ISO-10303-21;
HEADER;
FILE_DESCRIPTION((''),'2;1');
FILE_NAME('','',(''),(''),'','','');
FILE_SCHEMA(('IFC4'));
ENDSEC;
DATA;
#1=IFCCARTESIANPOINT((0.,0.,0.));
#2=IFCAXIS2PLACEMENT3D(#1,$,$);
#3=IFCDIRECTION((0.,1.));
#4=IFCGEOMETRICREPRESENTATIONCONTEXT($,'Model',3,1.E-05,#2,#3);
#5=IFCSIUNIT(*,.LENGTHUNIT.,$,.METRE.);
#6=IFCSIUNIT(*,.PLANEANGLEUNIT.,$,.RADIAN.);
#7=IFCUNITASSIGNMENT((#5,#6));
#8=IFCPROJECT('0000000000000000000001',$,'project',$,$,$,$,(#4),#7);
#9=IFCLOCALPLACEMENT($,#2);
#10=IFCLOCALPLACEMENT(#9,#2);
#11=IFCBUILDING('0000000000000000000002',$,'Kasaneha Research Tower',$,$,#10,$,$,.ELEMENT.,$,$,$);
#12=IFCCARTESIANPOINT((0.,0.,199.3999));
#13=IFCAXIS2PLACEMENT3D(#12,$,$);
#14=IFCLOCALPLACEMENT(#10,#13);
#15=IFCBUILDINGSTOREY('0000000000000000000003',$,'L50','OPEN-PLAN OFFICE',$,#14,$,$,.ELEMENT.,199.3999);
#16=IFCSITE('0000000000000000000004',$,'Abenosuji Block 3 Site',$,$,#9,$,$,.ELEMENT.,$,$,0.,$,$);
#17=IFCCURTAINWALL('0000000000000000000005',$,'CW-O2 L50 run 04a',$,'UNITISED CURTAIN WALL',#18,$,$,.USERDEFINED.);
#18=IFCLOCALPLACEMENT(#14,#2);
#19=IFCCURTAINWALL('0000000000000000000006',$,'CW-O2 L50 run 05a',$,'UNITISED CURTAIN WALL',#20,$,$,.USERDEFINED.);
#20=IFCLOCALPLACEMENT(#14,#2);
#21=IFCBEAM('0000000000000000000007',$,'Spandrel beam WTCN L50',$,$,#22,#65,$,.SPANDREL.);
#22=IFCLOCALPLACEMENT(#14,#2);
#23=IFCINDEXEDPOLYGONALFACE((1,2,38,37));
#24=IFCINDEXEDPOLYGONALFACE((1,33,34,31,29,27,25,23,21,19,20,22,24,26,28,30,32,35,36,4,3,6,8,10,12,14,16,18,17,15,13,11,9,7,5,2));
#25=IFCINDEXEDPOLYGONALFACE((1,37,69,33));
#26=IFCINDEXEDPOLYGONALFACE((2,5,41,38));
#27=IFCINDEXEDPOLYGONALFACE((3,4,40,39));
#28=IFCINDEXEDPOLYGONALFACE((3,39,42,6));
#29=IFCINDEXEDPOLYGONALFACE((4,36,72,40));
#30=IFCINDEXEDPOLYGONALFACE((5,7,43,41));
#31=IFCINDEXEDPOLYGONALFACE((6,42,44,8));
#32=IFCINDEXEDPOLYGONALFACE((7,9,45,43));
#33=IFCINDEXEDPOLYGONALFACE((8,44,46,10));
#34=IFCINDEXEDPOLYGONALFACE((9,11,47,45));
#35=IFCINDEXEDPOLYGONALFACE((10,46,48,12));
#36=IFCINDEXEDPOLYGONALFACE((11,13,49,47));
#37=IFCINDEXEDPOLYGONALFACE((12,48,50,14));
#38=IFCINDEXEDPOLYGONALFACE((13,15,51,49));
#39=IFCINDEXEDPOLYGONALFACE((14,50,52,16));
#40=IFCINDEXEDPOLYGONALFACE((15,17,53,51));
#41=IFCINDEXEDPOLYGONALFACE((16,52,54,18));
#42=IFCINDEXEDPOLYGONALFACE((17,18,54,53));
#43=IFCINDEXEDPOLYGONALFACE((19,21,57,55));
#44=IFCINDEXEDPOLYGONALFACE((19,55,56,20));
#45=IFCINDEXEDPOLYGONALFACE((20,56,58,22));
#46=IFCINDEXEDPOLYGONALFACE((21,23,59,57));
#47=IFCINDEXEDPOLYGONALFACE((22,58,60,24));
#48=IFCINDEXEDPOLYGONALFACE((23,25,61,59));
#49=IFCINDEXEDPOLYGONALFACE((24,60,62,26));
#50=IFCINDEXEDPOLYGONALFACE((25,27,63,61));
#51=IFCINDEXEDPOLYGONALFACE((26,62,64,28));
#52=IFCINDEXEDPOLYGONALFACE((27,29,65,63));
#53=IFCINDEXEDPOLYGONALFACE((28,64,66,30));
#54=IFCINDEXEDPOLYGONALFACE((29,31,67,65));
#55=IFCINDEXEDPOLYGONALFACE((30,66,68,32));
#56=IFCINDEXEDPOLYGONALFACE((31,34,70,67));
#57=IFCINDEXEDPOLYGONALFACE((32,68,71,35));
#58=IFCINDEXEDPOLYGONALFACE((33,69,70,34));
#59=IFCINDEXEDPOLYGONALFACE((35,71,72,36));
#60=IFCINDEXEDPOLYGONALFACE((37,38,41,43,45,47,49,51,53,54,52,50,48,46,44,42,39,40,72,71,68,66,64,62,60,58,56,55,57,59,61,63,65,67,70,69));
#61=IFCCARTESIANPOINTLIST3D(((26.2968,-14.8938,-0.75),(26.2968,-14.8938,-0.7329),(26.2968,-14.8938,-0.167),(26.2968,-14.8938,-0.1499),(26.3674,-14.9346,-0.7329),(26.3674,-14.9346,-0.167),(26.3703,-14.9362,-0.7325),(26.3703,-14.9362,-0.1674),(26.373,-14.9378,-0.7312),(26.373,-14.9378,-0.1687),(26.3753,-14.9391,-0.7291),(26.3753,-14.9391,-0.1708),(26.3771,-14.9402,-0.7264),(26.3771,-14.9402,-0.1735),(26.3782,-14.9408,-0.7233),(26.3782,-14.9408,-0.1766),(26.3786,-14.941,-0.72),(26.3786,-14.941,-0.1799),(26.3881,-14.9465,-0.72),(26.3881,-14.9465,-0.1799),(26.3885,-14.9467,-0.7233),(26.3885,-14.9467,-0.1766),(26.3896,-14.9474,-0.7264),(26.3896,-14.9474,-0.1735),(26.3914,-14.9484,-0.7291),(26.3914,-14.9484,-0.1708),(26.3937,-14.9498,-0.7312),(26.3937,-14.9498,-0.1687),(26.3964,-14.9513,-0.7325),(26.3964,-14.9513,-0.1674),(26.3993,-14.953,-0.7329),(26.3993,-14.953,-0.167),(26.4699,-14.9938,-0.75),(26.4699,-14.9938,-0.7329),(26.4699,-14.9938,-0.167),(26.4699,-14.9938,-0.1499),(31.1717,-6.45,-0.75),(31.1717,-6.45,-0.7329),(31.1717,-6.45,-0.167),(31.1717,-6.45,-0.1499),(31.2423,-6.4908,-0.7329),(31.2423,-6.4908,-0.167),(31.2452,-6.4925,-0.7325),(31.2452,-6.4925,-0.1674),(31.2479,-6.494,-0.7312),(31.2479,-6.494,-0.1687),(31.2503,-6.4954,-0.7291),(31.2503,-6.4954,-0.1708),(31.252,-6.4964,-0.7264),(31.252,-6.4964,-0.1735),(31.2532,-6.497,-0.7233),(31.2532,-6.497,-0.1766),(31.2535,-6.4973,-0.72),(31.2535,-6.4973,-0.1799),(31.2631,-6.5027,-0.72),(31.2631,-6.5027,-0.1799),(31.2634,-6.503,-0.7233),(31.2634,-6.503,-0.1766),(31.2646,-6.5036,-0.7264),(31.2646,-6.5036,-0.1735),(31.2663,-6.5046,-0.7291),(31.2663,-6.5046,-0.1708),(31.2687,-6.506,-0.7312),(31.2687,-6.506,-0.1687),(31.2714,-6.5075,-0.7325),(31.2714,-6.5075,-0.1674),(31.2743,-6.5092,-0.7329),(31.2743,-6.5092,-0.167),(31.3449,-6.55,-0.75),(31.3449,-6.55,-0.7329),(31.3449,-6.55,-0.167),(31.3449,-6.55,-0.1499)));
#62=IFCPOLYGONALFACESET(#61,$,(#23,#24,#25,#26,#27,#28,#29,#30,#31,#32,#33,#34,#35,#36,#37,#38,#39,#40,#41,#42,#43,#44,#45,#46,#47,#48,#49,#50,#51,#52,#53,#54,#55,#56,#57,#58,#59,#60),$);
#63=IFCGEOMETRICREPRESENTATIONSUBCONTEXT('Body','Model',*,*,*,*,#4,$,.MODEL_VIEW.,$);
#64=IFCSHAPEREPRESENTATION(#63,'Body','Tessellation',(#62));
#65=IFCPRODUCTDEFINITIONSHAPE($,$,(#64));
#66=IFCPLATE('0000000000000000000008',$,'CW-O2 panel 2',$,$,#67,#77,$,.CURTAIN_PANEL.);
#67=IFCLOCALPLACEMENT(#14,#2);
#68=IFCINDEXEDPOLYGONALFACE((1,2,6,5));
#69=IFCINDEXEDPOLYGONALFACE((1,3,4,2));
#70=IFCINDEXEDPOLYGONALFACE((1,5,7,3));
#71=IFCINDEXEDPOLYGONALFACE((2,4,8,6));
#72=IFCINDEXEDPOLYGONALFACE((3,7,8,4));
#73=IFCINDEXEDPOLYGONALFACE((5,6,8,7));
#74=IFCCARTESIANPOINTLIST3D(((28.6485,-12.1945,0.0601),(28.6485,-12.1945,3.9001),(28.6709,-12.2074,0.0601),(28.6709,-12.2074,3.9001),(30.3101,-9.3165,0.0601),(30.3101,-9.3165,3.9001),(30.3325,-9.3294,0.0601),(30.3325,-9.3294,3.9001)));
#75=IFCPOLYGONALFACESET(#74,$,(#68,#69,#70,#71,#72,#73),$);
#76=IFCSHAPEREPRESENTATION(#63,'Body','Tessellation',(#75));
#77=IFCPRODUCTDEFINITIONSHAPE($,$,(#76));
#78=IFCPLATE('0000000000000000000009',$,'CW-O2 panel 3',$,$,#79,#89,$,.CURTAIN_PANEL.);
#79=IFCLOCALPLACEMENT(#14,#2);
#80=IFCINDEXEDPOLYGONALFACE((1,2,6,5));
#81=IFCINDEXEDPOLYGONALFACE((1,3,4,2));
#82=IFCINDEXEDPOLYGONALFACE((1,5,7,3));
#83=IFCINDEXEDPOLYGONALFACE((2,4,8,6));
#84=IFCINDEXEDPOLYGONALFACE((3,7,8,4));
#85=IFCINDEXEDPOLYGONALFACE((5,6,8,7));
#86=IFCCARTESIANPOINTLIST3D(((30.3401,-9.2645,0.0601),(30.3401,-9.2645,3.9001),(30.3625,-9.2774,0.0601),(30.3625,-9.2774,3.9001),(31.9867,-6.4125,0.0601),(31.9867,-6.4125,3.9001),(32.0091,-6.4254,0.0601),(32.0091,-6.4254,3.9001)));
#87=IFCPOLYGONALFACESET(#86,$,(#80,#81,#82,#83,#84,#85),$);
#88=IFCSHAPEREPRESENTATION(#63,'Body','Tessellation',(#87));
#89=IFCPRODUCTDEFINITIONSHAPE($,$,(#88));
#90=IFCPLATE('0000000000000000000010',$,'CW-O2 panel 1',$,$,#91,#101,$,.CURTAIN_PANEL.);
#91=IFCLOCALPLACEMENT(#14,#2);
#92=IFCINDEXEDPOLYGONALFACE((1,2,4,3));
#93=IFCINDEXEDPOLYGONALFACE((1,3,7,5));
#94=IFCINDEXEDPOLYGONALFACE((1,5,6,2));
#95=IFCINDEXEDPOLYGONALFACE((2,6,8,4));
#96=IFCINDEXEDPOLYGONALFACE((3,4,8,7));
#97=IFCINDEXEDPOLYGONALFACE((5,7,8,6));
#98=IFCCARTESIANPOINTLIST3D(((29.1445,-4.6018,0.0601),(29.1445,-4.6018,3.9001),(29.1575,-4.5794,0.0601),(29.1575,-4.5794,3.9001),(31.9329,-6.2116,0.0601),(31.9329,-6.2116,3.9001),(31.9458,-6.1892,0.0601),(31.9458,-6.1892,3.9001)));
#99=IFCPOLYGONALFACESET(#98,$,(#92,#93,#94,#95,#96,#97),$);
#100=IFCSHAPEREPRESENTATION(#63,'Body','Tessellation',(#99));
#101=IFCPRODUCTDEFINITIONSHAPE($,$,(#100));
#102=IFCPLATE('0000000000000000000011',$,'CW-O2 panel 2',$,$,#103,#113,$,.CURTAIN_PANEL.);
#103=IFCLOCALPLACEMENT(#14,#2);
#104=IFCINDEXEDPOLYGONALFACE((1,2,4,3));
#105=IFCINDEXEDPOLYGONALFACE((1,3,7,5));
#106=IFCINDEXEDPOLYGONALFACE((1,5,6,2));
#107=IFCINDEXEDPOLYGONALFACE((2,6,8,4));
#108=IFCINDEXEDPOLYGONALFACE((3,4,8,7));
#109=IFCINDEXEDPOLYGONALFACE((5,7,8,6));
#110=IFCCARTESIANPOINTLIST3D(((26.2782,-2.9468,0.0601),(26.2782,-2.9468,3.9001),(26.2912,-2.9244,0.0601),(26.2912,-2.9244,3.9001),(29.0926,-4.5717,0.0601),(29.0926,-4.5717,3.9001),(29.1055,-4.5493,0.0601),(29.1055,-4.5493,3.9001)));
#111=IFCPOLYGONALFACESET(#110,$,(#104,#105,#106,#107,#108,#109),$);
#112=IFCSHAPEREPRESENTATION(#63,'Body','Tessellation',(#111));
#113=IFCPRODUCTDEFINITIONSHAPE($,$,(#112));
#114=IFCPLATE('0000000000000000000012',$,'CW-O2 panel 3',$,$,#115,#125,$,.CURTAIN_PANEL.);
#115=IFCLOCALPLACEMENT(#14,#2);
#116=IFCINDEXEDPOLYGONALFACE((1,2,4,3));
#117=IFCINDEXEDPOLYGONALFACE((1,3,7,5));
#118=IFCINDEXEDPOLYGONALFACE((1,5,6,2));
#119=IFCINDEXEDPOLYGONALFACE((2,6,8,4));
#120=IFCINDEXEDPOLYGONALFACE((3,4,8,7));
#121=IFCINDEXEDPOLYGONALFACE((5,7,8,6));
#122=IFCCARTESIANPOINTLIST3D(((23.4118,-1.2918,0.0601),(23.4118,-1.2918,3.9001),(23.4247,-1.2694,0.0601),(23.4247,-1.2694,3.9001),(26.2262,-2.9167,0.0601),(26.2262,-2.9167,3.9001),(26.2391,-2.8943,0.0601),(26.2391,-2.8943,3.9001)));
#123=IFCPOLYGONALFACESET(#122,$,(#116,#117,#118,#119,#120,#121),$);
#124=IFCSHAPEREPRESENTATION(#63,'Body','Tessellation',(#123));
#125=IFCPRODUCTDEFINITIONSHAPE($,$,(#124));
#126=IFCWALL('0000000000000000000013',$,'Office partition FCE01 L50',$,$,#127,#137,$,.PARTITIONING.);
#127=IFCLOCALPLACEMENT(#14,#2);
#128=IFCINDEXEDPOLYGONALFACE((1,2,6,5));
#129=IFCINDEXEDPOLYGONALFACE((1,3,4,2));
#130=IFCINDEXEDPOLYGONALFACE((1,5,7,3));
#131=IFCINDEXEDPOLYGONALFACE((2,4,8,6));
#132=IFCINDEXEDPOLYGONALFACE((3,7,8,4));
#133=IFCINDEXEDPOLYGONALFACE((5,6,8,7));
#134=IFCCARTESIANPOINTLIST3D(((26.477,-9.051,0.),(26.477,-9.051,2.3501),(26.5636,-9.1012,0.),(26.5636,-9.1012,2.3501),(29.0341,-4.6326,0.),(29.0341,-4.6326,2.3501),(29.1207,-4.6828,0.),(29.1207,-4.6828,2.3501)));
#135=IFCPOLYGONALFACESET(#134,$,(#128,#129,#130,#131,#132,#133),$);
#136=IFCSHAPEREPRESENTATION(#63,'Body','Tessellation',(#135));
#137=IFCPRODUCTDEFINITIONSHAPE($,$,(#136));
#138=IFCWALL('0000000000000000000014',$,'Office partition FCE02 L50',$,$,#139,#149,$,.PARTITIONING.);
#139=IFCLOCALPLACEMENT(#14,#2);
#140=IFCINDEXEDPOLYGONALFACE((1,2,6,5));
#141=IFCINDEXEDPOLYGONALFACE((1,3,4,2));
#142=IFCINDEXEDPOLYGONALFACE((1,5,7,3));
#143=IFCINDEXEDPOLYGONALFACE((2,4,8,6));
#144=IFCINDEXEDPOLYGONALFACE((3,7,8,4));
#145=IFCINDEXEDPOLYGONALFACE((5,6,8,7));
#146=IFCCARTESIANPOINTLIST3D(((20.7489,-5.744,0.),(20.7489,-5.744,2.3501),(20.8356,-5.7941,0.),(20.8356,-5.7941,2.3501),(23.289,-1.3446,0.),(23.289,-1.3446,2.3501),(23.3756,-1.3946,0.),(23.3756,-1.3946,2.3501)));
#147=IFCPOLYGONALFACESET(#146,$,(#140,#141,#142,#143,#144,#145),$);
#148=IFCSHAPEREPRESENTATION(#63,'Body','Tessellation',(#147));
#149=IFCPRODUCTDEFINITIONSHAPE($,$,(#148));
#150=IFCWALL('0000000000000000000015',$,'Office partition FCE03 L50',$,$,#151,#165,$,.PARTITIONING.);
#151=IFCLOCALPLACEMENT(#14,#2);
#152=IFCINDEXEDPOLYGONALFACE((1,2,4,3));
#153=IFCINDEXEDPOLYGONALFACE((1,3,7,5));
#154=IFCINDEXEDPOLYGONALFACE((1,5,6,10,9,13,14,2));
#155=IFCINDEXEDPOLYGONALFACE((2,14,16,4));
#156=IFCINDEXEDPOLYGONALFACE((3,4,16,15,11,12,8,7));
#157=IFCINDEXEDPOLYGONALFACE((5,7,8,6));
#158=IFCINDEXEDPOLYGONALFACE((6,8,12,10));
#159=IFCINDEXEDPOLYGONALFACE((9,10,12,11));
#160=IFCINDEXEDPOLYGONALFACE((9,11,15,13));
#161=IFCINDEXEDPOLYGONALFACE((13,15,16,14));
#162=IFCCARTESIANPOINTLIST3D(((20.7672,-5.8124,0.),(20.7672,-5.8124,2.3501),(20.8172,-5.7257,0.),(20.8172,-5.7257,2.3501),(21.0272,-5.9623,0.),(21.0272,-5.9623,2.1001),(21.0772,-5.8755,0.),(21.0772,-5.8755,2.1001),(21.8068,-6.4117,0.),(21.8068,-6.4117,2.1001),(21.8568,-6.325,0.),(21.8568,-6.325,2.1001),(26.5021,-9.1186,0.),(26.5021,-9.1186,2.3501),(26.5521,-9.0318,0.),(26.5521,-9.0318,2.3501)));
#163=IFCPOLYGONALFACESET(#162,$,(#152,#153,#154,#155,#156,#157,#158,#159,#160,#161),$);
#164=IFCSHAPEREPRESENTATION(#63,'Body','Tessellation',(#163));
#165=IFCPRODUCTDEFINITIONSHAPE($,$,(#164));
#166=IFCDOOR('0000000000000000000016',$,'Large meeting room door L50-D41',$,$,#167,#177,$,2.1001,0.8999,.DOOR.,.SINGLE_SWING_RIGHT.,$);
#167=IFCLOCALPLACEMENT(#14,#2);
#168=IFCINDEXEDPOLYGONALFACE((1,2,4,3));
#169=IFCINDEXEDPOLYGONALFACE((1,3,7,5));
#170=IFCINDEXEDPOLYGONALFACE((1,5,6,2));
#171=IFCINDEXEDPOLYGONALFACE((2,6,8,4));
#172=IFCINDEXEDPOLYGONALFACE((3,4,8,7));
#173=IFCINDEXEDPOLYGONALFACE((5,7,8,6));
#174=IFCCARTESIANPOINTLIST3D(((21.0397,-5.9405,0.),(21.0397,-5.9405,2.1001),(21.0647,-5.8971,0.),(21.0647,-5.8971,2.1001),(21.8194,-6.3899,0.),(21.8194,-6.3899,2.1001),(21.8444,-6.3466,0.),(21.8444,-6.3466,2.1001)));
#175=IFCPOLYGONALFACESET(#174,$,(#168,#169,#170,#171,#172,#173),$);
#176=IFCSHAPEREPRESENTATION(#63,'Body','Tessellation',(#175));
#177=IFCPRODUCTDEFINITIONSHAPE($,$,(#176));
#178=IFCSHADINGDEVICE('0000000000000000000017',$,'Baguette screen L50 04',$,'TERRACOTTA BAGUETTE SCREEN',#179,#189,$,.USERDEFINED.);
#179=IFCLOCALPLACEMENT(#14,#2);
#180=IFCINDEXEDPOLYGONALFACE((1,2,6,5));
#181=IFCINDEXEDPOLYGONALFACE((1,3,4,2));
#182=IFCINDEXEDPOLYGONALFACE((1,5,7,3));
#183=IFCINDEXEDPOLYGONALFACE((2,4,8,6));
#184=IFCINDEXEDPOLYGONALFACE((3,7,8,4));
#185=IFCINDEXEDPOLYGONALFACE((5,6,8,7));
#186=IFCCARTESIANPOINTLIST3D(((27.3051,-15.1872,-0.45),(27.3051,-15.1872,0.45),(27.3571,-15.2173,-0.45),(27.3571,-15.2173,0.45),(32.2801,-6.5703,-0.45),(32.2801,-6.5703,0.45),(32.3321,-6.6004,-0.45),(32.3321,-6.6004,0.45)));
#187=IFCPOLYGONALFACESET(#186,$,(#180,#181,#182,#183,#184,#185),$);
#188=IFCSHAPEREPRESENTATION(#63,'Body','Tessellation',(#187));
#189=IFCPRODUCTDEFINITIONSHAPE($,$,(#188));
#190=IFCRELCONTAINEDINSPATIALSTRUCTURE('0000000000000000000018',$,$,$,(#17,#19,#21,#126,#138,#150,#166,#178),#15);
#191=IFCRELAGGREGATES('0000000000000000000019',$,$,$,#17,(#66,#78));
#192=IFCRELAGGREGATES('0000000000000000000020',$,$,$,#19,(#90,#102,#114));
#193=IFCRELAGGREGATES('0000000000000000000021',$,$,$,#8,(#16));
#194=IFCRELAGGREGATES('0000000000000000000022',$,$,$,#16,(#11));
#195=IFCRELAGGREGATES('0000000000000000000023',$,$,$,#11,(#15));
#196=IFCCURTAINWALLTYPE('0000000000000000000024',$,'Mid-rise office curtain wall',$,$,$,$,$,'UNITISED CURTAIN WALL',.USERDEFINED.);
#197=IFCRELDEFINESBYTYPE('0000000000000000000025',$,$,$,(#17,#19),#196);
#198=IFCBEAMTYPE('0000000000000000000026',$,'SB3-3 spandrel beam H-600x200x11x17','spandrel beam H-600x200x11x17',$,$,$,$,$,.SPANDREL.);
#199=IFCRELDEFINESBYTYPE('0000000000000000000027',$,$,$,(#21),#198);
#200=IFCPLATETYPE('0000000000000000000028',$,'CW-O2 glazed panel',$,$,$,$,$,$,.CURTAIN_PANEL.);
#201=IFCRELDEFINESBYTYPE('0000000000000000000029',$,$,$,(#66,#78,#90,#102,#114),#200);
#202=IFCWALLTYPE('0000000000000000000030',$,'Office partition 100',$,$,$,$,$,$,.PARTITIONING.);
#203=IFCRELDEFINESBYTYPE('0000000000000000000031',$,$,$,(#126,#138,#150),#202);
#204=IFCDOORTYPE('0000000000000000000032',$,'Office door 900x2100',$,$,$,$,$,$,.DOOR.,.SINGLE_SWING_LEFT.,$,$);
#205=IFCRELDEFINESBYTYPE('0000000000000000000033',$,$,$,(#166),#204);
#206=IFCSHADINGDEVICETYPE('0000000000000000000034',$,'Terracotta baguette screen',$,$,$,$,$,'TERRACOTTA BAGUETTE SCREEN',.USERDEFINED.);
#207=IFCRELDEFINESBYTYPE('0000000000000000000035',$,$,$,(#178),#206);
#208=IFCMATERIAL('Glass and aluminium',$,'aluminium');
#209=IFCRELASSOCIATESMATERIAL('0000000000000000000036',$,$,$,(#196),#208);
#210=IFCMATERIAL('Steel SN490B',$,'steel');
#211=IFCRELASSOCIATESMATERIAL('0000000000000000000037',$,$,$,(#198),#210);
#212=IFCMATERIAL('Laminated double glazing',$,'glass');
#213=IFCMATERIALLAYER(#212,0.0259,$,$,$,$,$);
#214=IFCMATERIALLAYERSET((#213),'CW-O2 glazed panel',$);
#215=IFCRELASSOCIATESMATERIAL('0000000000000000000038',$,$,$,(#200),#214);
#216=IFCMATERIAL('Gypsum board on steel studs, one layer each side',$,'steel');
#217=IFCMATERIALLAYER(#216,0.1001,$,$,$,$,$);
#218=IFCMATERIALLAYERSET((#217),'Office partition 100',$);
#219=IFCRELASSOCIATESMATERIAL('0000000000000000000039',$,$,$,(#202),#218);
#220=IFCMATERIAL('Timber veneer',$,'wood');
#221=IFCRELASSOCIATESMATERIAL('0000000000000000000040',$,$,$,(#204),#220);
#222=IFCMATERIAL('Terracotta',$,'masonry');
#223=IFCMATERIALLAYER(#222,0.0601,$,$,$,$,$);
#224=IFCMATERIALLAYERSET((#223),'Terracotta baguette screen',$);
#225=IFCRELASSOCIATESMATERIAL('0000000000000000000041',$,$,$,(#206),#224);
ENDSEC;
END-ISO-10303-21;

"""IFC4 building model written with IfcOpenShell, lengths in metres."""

from ifc_helpers import new_model, si_unit, direction, frame, frame_2d, origin, origin_2d, place, context, subcontext, project, spatial, rectangle, i_section, extrude, material, layer, layer_set, material_profile, profile_set, type_object, element, fill, aggregate, save


model = new_model("IFC4")

# Units and contexts
model_context = context("Model", 3, precision=1e-05, world=origin(), true_north=direction((0.0, 1.0)))
body_context = subcontext(model_context, "Body", "Model", "MODEL_VIEW")
ifc_project = project(units=[si_unit("LENGTHUNIT", "METRE"), si_unit("PLANEANGLEUNIT", "RADIAN")], contexts=[model_context])

# Site, building, storey
site_placement = place(None, origin())
site = spatial("IfcSite", under=ifc_project, at=site_placement, Name="Abenosuji Block 3 Site", CompositionType="ELEMENT", RefElevation=0.0)
building_placement = place(site_placement, origin())
building = spatial("IfcBuilding", under=site, at=building_placement, Name="Kasaneha Research Tower", CompositionType="ELEMENT")
storey_placement = place(building_placement, frame((0.0, 0.0, 199.3999)))
storey = spatial("IfcBuildingStorey", under=building, at=storey_placement, Name="L50", Description="OPEN-PLAN OFFICE", CompositionType="ELEMENT", Elevation=199.3999)

# Curtain walls
ifc_material_1 = material(Name="Glass and aluminium", Category="aluminium")
curtain_wall_type = type_object("IfcCurtainWallType", Name="Mid-rise office curtain wall", ElementType="UNITISED CURTAIN WALL", PredefinedType="USERDEFINED", material=ifc_material_1)
curtain_wall_1_placement = place(storey_placement, origin())
curtain_wall_1 = element("IfcCurtainWall", 1, at=curtain_wall_1_placement, inside=storey, type_object=curtain_wall_type, Name="CW-O2 L50 run 04a", ObjectType="UNITISED CURTAIN WALL", PredefinedType="USERDEFINED")
curtain_wall_2_placement = place(storey_placement, origin())
curtain_wall_2 = element("IfcCurtainWall", 2, at=curtain_wall_2_placement, inside=storey, type_object=curtain_wall_type, Name="CW-O2 L50 run 05a", ObjectType="UNITISED CURTAIN WALL", PredefinedType="USERDEFINED")

# Beam
ifc_material_2 = material(Name="Steel SN490B", Category="steel")
ifc_material_profile_1 = material_profile(ifc_material_2, i_section(OverallWidth=0.2, OverallDepth=0.6001, WebThickness=0.011, FlangeThickness=0.0171, FilletRadius=0.0129, at=origin_2d()), Name="H-600x200x11x17")
ifc_profile_set_1 = profile_set([ifc_material_profile_1], Name="Steel SN490B")
beam_type_1 = type_object("IfcBeamType", Name="SB3-3 spandrel beam H-600x200x11x17", Description="spandrel beam H-600x200x11x17", PredefinedType="SPANDREL", material=ifc_profile_set_1)
beam_1_placement = place(storey_placement, frame((31.2583, -6.5, -0.45), z_axis=(-0.499996, -0.866028, 0.0), x_axis=(0.866028, -0.499996, 0.0)))
element("IfcBeam", 3, at=beam_1_placement, inside=storey, type_object=beam_type_1, Name="Spandrel beam WTCN L50", PredefinedType="SPANDREL", context=body_context, shape_type="SweptSolid", body=[
    extrude(i_section(OverallWidth=0.2, OverallDepth=0.6001, WebThickness=0.011, FlangeThickness=0.0171, FilletRadius=0.0129, at=origin_2d()), origin(), (0.0, 0.0, 1.0), 9.75),
])

# Plates
ifc_material_3 = material(Name="Laminated double glazing", Category="glass")
ifc_layer_1 = layer(ifc_material_3, 0.0259)
ifc_layer_set_1 = layer_set([ifc_layer_1], Name="CW-O2 glazed panel")
plate_type = type_object("IfcPlateType", Name="CW-O2 glazed panel", PredefinedType="CURTAIN_PANEL", material=ifc_layer_set_1)
plate_1_placement = place(storey_placement, frame((29.4905, -10.762, 0.0601), z_axis=(0.0, 0.0, 1.0), x_axis=(0.5, 0.866025, 0.0)))
plate_1 = element("IfcPlate", 4, at=plate_1_placement, type_object=plate_type, Name="CW-O2 panel 2", PredefinedType="CURTAIN_PANEL", context=body_context, shape_type="SweptSolid", body=[
    extrude(rectangle(XDim=3.3232, YDim=0.0259, at=origin_2d()), origin(), (0.0, 0.0, 1.0), 3.8401),
])
plate_2_placement = place(storey_placement, frame((31.1746, -7.845, 0.0601), z_axis=(0.0, 0.0, 1.0), x_axis=(0.5, 0.866025, 0.0)))
plate_2 = element("IfcPlate", 5, at=plate_2_placement, type_object=plate_type, Name="CW-O2 panel 3", PredefinedType="CURTAIN_PANEL", context=body_context, shape_type="SweptSolid", body=[
    extrude(rectangle(XDim=3.2932, YDim=0.0259, at=origin_2d()), origin(), (0.0, 0.0, 1.0), 3.8401),
])
aggregate(curtain_wall_1, [plate_1, plate_2])
plate_3_placement = place(storey_placement, frame((30.5452, -5.3955, 0.0601), z_axis=(0.0, 0.0, 1.0), x_axis=(-0.866025, 0.5, 0.0)))
plate_3 = element("IfcPlate", 6, at=plate_3_placement, type_object=plate_type, Name="CW-O2 panel 1", PredefinedType="CURTAIN_PANEL", context=body_context, shape_type="SweptSolid", body=[
    extrude(rectangle(XDim=3.2197, YDim=0.0259, at=origin_2d()), origin(), (0.0, 0.0, 1.0), 3.8401),
])
plate_4_placement = place(storey_placement, frame((27.6919, -3.748, 0.0601), z_axis=(0.0, 0.0, 1.0), x_axis=(-0.866025, 0.5, 0.0)))
plate_4 = element("IfcPlate", 7, at=plate_4_placement, type_object=plate_type, Name="CW-O2 panel 2", PredefinedType="CURTAIN_PANEL", context=body_context, shape_type="SweptSolid", body=[
    extrude(rectangle(XDim=3.2498, YDim=0.0259, at=origin_2d()), origin(), (0.0, 0.0, 1.0), 3.8401),
])
plate_5_placement = place(storey_placement, frame((24.8254, -2.093, 0.0601), z_axis=(0.0, 0.0, 1.0), x_axis=(-0.866025, 0.5, 0.0)))
plate_5 = element("IfcPlate", 8, at=plate_5_placement, type_object=plate_type, Name="CW-O2 panel 3", PredefinedType="CURTAIN_PANEL", context=body_context, shape_type="SweptSolid", body=[
    extrude(rectangle(XDim=3.2498, YDim=0.0259, at=origin_2d()), origin(), (0.0, 0.0, 1.0), 3.8401),
])
aggregate(curtain_wall_2, [plate_3, plate_4, plate_5])

# Walls
ifc_material_4 = material(Name="Gypsum board on steel studs, one layer each side", Category="steel")
ifc_layer_2 = layer(ifc_material_4, 0.1001)
ifc_layer_set_2 = layer_set([ifc_layer_2], Name="Office partition 100")
wall_type = type_object("IfcWallType", Name="Office partition 100", PredefinedType="PARTITIONING", material=ifc_layer_set_2)
wall_1_placement = place(storey_placement, frame((29.0774, -4.6577, 0.0), z_axis=(0.0, 0.0, 1.0), x_axis=(-0.500901, -0.865505, 0.0)))
element("IfcWall", 9, at=wall_1_placement, inside=storey, type_object=wall_type, Name="Office partition FCE01 L50", PredefinedType="PARTITIONING", context=body_context, shape_type="SweptSolid", body=[
    extrude(rectangle(XDim=5.105, YDim=0.1001, at=frame_2d((2.5525, 0.0))), origin(), (0.0, 0.0, 1.0), 2.3501),
])
wall_2_placement = place(storey_placement, frame((20.7922, -5.769, 0.0), z_axis=(0.0, 0.0, 1.0), x_axis=(0.500005, 0.866022, 0.0)))
element("IfcWall", 10, at=wall_2_placement, inside=storey, type_object=wall_type, Name="Office partition FCE02 L50", PredefinedType="PARTITIONING", context=body_context, shape_type="SweptSolid", body=[
    extrude(rectangle(XDim=5.0801, YDim=0.1001, at=frame_2d((2.54, 0.0))), origin(), (0.0, 0.0, 1.0), 2.3501),
])

# Wall, opening, door
wall_3_placement = place(storey_placement, frame((26.5271, -9.0752, 0.0), z_axis=(0.0, 0.0, 1.0), x_axis=(-0.866344, 0.499448, 0.0)))
wall_3 = element("IfcWall", 11, at=wall_3_placement, inside=storey, type_object=wall_type, Name="Office partition FCE03 L50", PredefinedType="PARTITIONING", context=body_context, shape_type="SweptSolid", body=[
    extrude(rectangle(XDim=6.6196, YDim=0.1001, at=frame_2d((3.3098, 0.0))), origin(), (0.0, 0.0, 1.0), 2.3501),
])
opening_placement = place(wall_3_placement, frame((5.4197, 0.0, 0.0)))
opening = element("IfcOpeningElement", 12, at=opening_placement, cuts=wall_3, PredefinedType="OPENING", context=body_context, shape_type="SweptSolid", body=[
    extrude(rectangle(XDim=0.8999, YDim=2.1001, at=frame_2d((0.45, 1.05))), frame((0.0, 0.0601, 0.0), z_axis=(0.0, -1.0, 0.0), x_axis=(1.0, 0.0, 0.0)), (0.0, 0.0, 1.0), 0.1201),
])
ifc_material_5 = material(Name="Timber veneer", Category="wood")
door_type = type_object("IfcDoorType", Name="Office door 900x2100", OperationType="SINGLE_SWING_LEFT", PredefinedType="DOOR", material=ifc_material_5)
door_placement = place(opening_placement, origin())
door = element("IfcDoor", 13, at=door_placement, inside=storey, type_object=door_type, Name="Large meeting room door L50-D41", OperationType="SINGLE_SWING_RIGHT", OverallHeight=2.1001, OverallWidth=0.8999, PredefinedType="DOOR", context=body_context, shape_type="SweptSolid", body=[
    extrude(rectangle(XDim=0.8999, YDim=2.1001, at=frame_2d((0.45, 1.05))), frame((0.0, 0.0249, 0.0), z_axis=(0.0, -1.0, 0.0), x_axis=(1.0, 0.0, 0.0)), (0.0, 0.0, 1.0), 0.05),
])
fill(opening, door)

# Shading device
ifc_material_6 = material(Name="Terracotta", Category="masonry")
ifc_layer_3 = layer(ifc_material_6, 0.0601)
ifc_layer_set_3 = layer_set([ifc_layer_3], Name="Terracotta baguette screen")
shading_device_type = type_object("IfcShadingDeviceType", Name="Terracotta baguette screen", ElementType="TERRACOTTA BAGUETTE SCREEN", PredefinedType="USERDEFINED", material=ifc_layer_set_3)
shading_device_1_placement = place(storey_placement, frame((29.8186, -10.8938, -0.45), z_axis=(0.0, 0.0, 1.0), x_axis=(0.5, 0.866025, 0.0)))
element("IfcShadingDevice", 14, at=shading_device_1_placement, inside=storey, type_object=shading_device_type, Name="Baguette screen L50 04", ObjectType="TERRACOTTA BAGUETTE SCREEN", PredefinedType="USERDEFINED", context=body_context, shape_type="SweptSolid", body=[
    extrude(rectangle(XDim=9.95, YDim=0.0601, at=origin_2d()), origin(), (0.0, 0.0, 1.0), 0.8999),
])

save(model, "model.ifc")
